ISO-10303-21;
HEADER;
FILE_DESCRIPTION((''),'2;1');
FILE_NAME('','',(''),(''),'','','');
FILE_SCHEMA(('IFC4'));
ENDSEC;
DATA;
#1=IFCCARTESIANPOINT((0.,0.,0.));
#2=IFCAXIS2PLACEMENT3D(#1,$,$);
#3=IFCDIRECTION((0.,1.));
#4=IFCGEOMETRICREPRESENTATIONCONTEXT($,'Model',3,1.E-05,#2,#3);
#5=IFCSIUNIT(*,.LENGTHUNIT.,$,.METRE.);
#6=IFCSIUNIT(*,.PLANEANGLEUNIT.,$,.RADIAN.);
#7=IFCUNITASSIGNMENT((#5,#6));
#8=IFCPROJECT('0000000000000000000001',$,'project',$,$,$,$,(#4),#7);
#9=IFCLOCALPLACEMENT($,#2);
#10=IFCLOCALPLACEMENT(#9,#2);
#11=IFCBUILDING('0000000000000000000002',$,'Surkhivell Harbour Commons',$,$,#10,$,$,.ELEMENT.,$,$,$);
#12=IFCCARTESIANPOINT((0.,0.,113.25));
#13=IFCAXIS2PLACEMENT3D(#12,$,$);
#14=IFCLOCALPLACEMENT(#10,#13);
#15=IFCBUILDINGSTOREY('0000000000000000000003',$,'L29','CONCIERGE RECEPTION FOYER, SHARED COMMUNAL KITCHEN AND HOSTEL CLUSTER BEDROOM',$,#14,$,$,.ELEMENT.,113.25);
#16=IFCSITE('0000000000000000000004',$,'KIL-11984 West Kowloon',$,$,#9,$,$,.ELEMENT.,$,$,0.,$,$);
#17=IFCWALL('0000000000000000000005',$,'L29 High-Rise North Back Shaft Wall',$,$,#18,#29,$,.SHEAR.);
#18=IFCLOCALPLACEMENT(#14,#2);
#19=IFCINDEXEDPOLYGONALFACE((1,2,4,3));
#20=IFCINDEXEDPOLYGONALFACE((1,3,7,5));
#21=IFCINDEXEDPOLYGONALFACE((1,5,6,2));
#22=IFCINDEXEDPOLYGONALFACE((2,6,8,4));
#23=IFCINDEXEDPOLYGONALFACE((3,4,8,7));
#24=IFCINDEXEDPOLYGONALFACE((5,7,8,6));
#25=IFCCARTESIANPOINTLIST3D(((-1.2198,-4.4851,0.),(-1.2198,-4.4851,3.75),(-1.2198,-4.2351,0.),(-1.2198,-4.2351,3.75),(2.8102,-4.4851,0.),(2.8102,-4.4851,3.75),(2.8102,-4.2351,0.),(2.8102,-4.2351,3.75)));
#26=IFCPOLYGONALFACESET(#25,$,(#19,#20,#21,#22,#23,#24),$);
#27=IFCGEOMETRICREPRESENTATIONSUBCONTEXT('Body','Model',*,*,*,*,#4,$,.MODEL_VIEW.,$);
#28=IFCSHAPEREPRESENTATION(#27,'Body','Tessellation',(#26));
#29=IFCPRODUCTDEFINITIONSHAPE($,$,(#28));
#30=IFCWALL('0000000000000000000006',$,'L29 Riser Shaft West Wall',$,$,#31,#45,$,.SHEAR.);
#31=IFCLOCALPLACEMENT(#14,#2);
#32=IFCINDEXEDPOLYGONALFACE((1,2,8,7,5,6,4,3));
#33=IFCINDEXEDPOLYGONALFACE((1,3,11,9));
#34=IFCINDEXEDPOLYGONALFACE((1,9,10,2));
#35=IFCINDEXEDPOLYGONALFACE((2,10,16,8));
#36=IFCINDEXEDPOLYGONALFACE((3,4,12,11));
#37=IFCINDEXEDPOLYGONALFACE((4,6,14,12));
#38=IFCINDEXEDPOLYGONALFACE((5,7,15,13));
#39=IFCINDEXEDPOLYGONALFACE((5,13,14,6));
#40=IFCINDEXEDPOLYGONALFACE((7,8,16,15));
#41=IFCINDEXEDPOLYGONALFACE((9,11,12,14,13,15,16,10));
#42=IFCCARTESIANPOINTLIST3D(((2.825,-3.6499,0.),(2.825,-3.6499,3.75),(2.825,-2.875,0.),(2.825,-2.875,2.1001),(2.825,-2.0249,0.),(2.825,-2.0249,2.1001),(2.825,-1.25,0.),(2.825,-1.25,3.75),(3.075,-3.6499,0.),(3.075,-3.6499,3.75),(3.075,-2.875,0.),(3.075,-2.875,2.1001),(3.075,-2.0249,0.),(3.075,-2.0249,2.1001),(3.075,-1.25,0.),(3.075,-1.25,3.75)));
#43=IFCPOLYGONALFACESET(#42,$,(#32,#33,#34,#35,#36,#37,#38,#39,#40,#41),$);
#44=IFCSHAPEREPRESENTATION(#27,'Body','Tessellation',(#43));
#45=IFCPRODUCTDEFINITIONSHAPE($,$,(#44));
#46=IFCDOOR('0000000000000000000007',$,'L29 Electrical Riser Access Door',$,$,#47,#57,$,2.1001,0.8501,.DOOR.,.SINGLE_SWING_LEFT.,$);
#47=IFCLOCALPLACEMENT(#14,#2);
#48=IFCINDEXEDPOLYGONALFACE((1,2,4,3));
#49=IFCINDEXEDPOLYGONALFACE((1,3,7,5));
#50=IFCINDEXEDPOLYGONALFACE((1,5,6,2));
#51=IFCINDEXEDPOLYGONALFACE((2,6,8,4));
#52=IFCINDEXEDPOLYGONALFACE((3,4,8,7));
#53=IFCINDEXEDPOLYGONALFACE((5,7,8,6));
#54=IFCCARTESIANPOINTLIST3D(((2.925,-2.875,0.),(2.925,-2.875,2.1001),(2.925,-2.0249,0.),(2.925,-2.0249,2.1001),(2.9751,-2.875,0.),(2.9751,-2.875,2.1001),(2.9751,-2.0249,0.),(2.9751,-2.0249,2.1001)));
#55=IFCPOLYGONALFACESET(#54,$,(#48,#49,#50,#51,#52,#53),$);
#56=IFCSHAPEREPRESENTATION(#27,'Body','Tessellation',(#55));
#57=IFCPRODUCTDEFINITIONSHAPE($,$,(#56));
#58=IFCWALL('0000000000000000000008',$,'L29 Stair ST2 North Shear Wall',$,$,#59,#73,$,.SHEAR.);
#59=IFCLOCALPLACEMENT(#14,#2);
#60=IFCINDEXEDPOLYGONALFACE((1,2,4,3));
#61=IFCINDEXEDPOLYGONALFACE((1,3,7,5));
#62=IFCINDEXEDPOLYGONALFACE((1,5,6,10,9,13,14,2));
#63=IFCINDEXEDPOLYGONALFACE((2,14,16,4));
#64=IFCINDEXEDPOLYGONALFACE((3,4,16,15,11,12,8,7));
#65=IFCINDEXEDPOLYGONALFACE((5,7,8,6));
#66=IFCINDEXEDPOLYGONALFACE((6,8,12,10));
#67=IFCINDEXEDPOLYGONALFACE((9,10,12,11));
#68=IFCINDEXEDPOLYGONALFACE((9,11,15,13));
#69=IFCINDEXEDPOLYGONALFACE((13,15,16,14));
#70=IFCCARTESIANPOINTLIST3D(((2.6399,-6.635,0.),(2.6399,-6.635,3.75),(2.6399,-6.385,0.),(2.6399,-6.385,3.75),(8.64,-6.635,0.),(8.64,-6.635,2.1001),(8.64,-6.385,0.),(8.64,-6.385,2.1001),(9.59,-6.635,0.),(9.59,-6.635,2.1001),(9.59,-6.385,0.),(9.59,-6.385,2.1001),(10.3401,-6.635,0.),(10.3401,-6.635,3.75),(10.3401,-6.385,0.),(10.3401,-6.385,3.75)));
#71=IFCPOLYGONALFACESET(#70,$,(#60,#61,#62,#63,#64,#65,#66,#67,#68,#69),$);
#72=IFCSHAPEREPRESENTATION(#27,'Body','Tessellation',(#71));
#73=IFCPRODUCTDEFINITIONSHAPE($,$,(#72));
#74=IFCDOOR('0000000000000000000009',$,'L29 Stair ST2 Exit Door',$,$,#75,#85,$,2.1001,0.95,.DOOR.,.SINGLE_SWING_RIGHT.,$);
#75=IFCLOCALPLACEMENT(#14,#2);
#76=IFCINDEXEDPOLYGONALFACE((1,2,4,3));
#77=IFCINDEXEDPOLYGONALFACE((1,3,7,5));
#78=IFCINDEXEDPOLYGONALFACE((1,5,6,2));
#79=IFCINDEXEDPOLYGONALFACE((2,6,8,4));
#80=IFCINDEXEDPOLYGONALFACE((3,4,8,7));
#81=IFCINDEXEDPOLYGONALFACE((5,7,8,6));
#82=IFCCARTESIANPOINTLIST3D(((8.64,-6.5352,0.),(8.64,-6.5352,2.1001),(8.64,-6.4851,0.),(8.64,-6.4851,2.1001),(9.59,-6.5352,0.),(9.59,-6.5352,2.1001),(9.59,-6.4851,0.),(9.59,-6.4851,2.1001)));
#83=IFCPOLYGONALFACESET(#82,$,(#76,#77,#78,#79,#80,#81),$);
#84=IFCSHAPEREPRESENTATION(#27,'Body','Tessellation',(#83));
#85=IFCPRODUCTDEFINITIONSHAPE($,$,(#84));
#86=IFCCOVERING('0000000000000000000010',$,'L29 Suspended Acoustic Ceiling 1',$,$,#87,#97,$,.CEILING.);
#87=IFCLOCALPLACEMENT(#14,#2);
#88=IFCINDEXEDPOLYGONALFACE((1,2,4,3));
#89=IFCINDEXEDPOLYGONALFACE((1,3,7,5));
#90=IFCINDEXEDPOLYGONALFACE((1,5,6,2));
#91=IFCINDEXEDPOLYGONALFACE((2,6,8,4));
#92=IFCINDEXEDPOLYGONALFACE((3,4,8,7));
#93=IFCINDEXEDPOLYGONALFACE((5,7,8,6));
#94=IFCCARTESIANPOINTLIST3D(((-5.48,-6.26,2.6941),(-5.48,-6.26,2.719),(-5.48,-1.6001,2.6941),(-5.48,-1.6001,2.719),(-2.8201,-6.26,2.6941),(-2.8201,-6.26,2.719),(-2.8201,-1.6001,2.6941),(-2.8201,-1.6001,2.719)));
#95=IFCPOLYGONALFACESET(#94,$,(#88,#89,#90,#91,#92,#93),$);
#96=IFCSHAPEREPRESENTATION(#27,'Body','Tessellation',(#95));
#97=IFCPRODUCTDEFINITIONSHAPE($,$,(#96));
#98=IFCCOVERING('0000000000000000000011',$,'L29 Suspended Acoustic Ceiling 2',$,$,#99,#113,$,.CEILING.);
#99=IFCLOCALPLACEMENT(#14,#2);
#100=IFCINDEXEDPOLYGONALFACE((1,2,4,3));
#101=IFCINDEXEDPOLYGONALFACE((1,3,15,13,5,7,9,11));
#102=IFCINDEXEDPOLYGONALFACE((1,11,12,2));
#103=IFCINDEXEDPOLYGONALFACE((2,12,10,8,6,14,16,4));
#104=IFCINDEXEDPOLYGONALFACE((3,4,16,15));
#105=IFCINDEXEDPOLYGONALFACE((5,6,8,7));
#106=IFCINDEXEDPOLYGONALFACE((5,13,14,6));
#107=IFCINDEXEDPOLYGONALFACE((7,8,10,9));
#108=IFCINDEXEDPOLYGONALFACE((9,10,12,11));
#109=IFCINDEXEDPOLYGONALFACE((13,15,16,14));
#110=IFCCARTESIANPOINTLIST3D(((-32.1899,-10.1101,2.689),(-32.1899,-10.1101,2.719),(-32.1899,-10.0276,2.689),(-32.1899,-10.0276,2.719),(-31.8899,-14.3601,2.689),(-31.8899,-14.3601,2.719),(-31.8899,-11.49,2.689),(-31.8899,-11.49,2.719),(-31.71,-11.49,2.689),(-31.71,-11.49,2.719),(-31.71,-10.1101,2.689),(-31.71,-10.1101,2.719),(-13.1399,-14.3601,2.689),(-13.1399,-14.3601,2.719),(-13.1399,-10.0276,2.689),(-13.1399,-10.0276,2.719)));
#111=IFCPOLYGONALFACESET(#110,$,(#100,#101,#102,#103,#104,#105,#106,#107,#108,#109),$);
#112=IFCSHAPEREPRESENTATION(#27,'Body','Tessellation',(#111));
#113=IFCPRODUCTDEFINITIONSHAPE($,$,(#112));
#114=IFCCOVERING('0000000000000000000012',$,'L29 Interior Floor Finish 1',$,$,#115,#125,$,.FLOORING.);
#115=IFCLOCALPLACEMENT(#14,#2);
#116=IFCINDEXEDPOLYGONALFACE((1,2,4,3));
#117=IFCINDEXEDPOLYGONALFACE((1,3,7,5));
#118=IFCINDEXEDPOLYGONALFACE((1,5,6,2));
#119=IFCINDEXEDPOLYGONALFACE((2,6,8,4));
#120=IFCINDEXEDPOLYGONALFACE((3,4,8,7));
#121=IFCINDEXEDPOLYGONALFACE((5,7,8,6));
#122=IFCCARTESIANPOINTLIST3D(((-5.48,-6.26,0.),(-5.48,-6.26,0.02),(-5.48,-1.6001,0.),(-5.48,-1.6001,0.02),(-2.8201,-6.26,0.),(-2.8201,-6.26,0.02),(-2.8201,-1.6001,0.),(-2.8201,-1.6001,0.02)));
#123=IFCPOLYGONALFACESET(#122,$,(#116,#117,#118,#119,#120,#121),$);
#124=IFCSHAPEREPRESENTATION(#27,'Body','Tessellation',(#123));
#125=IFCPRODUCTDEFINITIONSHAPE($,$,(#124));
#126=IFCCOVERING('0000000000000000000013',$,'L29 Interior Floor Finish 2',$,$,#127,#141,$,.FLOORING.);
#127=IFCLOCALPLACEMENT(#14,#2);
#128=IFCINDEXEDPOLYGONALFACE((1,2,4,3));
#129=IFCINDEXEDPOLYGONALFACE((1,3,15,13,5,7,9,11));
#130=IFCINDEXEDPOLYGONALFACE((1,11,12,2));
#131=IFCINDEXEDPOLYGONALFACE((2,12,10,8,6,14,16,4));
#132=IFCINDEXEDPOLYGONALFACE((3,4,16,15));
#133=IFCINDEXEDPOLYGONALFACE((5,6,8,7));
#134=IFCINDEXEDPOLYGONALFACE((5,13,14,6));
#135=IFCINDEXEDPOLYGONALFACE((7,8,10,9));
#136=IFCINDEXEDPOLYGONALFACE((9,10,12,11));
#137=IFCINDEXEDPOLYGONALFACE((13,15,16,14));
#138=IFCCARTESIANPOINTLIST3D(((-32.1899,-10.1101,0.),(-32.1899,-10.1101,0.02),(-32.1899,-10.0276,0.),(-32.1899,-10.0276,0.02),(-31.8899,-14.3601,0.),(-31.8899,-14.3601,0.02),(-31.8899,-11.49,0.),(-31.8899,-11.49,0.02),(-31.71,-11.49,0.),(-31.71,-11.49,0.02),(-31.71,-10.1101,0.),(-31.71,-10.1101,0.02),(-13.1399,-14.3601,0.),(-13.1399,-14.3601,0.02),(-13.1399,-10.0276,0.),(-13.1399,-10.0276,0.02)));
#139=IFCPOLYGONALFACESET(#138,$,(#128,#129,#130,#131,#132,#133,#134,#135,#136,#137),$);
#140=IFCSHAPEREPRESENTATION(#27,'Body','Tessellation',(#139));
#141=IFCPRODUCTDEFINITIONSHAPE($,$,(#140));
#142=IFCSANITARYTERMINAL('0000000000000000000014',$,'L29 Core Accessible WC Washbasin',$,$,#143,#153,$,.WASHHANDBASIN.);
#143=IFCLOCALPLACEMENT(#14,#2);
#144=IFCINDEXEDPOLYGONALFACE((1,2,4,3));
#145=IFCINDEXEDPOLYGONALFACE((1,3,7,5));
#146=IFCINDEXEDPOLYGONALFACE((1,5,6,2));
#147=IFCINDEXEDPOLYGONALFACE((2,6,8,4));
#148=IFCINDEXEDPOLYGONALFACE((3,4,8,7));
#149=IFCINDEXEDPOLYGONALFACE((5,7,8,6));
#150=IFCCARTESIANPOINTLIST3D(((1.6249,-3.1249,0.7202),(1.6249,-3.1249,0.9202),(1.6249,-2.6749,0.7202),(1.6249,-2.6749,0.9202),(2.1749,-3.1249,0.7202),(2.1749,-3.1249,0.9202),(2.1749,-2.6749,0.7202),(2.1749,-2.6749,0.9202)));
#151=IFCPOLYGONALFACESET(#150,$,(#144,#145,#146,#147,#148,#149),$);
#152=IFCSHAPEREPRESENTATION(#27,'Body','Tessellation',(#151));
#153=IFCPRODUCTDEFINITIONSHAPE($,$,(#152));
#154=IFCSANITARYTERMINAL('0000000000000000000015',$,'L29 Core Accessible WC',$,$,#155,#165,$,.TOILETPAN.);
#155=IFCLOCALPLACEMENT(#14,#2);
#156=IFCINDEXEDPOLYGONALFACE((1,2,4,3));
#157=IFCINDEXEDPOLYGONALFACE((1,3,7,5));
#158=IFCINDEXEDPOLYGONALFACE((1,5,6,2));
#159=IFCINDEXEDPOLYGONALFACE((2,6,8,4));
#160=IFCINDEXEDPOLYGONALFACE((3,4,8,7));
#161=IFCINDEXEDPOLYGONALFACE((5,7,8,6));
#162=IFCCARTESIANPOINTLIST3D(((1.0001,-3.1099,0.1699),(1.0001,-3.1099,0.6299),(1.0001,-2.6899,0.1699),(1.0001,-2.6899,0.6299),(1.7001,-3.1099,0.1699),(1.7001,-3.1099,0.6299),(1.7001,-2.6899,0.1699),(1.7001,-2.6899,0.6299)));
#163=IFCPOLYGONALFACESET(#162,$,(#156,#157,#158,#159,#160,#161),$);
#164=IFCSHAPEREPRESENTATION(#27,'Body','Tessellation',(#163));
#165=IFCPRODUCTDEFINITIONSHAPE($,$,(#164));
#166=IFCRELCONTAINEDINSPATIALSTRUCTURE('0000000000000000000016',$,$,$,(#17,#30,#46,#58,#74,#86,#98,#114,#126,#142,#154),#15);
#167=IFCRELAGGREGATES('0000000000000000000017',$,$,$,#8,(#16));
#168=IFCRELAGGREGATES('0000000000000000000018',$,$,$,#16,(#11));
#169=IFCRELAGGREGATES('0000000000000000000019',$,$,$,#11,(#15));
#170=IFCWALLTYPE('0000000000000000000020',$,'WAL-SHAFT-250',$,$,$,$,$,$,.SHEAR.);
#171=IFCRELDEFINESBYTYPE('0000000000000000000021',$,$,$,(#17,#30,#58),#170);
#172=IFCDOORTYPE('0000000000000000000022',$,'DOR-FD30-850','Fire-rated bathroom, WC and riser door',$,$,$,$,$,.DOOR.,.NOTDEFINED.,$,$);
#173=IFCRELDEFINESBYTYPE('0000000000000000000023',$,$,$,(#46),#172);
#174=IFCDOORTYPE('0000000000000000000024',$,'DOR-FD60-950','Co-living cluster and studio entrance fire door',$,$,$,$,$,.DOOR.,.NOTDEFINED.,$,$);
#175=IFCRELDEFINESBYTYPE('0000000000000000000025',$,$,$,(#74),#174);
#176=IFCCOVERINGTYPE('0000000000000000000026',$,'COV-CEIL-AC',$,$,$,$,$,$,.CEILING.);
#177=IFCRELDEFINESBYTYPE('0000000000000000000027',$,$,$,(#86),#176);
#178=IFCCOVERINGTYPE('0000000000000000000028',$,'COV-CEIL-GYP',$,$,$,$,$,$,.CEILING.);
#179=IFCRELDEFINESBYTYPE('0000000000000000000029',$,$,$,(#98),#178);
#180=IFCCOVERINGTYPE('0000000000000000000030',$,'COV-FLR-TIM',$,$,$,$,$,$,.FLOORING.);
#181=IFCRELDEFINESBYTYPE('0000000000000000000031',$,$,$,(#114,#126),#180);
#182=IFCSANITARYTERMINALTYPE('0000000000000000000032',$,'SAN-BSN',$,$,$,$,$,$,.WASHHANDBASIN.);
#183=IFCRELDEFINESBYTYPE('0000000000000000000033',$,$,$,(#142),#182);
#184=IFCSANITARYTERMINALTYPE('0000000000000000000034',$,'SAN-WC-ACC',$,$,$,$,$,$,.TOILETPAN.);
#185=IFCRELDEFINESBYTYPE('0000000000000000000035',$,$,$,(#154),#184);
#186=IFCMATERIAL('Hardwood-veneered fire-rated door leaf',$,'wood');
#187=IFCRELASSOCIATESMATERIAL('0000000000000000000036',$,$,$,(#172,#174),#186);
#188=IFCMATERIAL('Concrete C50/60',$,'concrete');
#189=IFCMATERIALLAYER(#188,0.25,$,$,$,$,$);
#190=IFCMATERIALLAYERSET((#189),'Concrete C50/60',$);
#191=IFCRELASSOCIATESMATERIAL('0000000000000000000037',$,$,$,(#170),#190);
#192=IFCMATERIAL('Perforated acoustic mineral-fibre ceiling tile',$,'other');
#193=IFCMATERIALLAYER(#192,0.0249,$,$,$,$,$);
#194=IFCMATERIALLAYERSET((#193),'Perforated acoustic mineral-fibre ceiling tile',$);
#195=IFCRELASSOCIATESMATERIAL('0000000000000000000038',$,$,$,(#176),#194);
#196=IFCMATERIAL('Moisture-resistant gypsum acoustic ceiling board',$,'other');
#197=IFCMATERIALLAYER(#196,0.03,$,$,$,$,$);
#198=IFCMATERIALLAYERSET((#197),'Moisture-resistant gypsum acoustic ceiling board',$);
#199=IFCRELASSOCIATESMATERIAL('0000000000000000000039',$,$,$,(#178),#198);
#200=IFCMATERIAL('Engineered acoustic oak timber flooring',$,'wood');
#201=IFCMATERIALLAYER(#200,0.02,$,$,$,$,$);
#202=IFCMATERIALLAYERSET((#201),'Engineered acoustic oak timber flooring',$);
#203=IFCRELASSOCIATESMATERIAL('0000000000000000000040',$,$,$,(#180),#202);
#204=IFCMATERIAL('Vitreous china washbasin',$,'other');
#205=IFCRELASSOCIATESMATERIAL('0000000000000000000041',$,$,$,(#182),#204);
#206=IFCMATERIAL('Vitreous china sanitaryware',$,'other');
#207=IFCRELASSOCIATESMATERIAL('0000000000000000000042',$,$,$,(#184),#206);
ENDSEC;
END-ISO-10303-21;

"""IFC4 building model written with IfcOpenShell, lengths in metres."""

from ifc_helpers import new_model, si_unit, direction, frame, frame_2d, origin, origin_2d, place, context, subcontext, project, spatial, polyline, rectangle, outline, extrude, material, layer, layer_set, type_object, element, fill, save


model = new_model("IFC4")

# Units and contexts
model_context = context("Model", 3, precision=1e-05, world=origin(), true_north=direction((0.0, 1.0)))
body_context = subcontext(model_context, "Body", "Model", "MODEL_VIEW")
ifc_project = project(units=[si_unit("LENGTHUNIT", "METRE"), si_unit("PLANEANGLEUNIT", "RADIAN")], contexts=[model_context])

# Site, building, storey
site_placement = place(None, origin())
site = spatial("IfcSite", under=ifc_project, at=site_placement, Name="KIL-11984 West Kowloon", CompositionType="ELEMENT", RefElevation=0.0)
building_placement = place(site_placement, origin())
building = spatial("IfcBuilding", under=site, at=building_placement, Name="Surkhivell Harbour Commons", CompositionType="ELEMENT")
storey_placement = place(building_placement, frame((0.0, 0.0, 113.25)))
storey = spatial("IfcBuildingStorey", under=building, at=storey_placement, Name="L29", Description="CONCIERGE RECEPTION FOYER, SHARED COMMUNAL KITCHEN AND HOSTEL CLUSTER BEDROOM", CompositionType="ELEMENT", Elevation=113.25)

# Shared definitions
ifc_material_1 = material(Name="Hardwood-veneered fire-rated door leaf", Category="wood")
door_type_1 = type_object("IfcDoorType", Name="DOR-FD30-850", Description="Fire-rated bathroom, WC and riser door", OperationType="NOTDEFINED", PredefinedType="DOOR", material=ifc_material_1)

# Wall
ifc_material_2 = material(Name="Concrete C50/60", Category="concrete")
ifc_layer_1 = layer(ifc_material_2, 0.25)
ifc_layer_set_1 = layer_set([ifc_layer_1], Name="Concrete C50/60")
wall_type_1 = type_object("IfcWallType", Name="WAL-SHAFT-250", PredefinedType="SHEAR", material=ifc_layer_set_1)
wall_1_placement = place(storey_placement, frame((-1.22, -4.3601, 0.0), z_axis=(0.0, 0.0, 1.0), x_axis=(1.0, 0.0, 0.0)))
element("IfcWall", 1, at=wall_1_placement, inside=storey, type_object=wall_type_1, Name="L29 High-Rise North Back Shaft Wall", PredefinedType="SHEAR", context=body_context, shape_type="SweptSolid", body=[
    extrude(rectangle(XDim=4.03, YDim=0.25, at=frame_2d((2.0151, 0.0))), origin(), (0.0, 0.0, 1.0), 3.75),
])

# Walls, openings, doors
wall_2_placement = place(storey_placement, frame((2.95, -3.6499, 0.0), z_axis=(0.0, 0.0, 1.0), x_axis=(0.0, 1.0, 0.0)))
wall_2 = element("IfcWall", 2, at=wall_2_placement, inside=storey, type_object=wall_type_1, Name="L29 Riser Shaft West Wall", PredefinedType="SHEAR", context=body_context, shape_type="SweptSolid", body=[
    extrude(rectangle(XDim=2.3999, YDim=0.25, at=frame_2d((1.2, 0.0))), origin(), (0.0, 0.0, 1.0), 3.75),
])
opening_1_placement = place(wall_2_placement, frame((0.7749, 0.0, 0.0)))
opening_1 = element("IfcOpeningElement", 3, at=opening_1_placement, cuts=wall_2, PredefinedType="OPENING", context=body_context, shape_type="SweptSolid", body=[
    extrude(rectangle(XDim=0.8501, YDim=2.1001, at=frame_2d((0.425, 1.05))), frame((0.0, 0.135, 0.0), z_axis=(0.0, -1.0, 0.0), x_axis=(1.0, 0.0, 0.0)), (0.0, 0.0, 1.0), 0.27),
])
door_1_placement = place(opening_1_placement, origin())
door_1 = element("IfcDoor", 4, at=door_1_placement, inside=storey, type_object=door_type_1, Name="L29 Electrical Riser Access Door", OperationType="SINGLE_SWING_LEFT", OverallHeight=2.1001, OverallWidth=0.8501, PredefinedType="DOOR", context=body_context, shape_type="SweptSolid", body=[
    extrude(rectangle(XDim=0.8501, YDim=2.1001, at=frame_2d((0.425, 1.05))), frame((0.0, 0.0249, 0.0), z_axis=(0.0, -1.0, 0.0), x_axis=(1.0, 0.0, 0.0)), (0.0, 0.0, 1.0), 0.05),
])
fill(opening_1, door_1)
wall_3_placement = place(storey_placement, frame((2.6399, -6.51, 0.0), z_axis=(0.0, 0.0, 1.0), x_axis=(1.0, 0.0, 0.0)))
wall_3 = element("IfcWall", 5, at=wall_3_placement, inside=storey, type_object=wall_type_1, Name="L29 Stair ST2 North Shear Wall", PredefinedType="SHEAR", context=body_context, shape_type="SweptSolid", body=[
    extrude(rectangle(XDim=7.7002, YDim=0.25, at=frame_2d((3.8501, 0.0))), origin(), (0.0, 0.0, 1.0), 3.75),
])
opening_2_placement = place(wall_3_placement, frame((6.0, 0.0, 0.0)))
opening_2 = element("IfcOpeningElement", 6, at=opening_2_placement, cuts=wall_3, PredefinedType="OPENING", context=body_context, shape_type="SweptSolid", body=[
    extrude(rectangle(XDim=0.95, YDim=2.1001, at=frame_2d((0.4751, 1.05))), frame((0.0, 0.135, 0.0), z_axis=(0.0, -1.0, 0.0), x_axis=(1.0, 0.0, 0.0)), (0.0, 0.0, 1.0), 0.27),
])
door_type_2 = type_object("IfcDoorType", Name="DOR-FD60-950", Description="Co-living cluster and studio entrance fire door", OperationType="NOTDEFINED", PredefinedType="DOOR", material=ifc_material_1)
door_2_placement = place(opening_2_placement, origin())
door_2 = element("IfcDoor", 7, at=door_2_placement, inside=storey, type_object=door_type_2, Name="L29 Stair ST2 Exit Door", OperationType="SINGLE_SWING_RIGHT", OverallHeight=2.1001, OverallWidth=0.95, PredefinedType="DOOR", context=body_context, shape_type="SweptSolid", body=[
    extrude(rectangle(XDim=0.95, YDim=2.1001, at=frame_2d((0.4751, 1.05))), frame((0.0, 0.0249, 0.0), z_axis=(0.0, -1.0, 0.0), x_axis=(1.0, 0.0, 0.0)), (0.0, 0.0, 1.0), 0.05),
])
fill(opening_2, door_2)

# Coverings
ifc_material_3 = material(Name="Perforated acoustic mineral-fibre ceiling tile", Category="other")
ifc_layer_2 = layer(ifc_material_3, 0.0249)
ifc_layer_set_2 = layer_set([ifc_layer_2], Name="Perforated acoustic mineral-fibre ceiling tile")
covering_type_1 = type_object("IfcCoveringType", Name="COV-CEIL-AC", PredefinedType="CEILING", material=ifc_layer_set_2)
covering_1_placement = place(storey_placement, frame((0.0, 0.0, 2.6941)))
element("IfcCovering", 8, at=covering_1_placement, inside=storey, type_object=covering_type_1, Name="L29 Suspended Acoustic Ceiling 1", PredefinedType="CEILING", context=body_context, shape_type="SweptSolid", body=[
    extrude(outline(polyline([(-5.48, -6.26), (-2.8201, -6.26), (-2.8201, -1.6001), (-5.48, -1.6001), (-5.48, -6.26)])), origin(), (0.0, 0.0, 1.0), 0.0249),
])
ifc_material_4 = material(Name="Moisture-resistant gypsum acoustic ceiling board", Category="other")
ifc_layer_3 = layer(ifc_material_4, 0.03)
ifc_layer_set_3 = layer_set([ifc_layer_3], Name="Moisture-resistant gypsum acoustic ceiling board")
covering_type_2 = type_object("IfcCoveringType", Name="COV-CEIL-GYP", PredefinedType="CEILING", material=ifc_layer_set_3)
covering_2_placement = place(storey_placement, frame((0.0, 0.0, 2.689)))
element("IfcCovering", 9, at=covering_2_placement, inside=storey, type_object=covering_type_2, Name="L29 Suspended Acoustic Ceiling 2", PredefinedType="CEILING", context=body_context, shape_type="SweptSolid", body=[
    extrude(outline(polyline([(-13.1399, -14.3601), (-13.1399, -10.0276), (-32.1899, -10.0276), (-32.1899, -10.1101), (-31.71, -10.1101), (-31.71, -11.49), (-31.8899, -11.49), (-31.8899, -14.3601), (-13.1399, -14.3601)])), origin(), (0.0, 0.0, 1.0), 0.03),
])
ifc_material_5 = material(Name="Engineered acoustic oak timber flooring", Category="wood")
ifc_layer_4 = layer(ifc_material_5, 0.02)
ifc_layer_set_4 = layer_set([ifc_layer_4], Name="Engineered acoustic oak timber flooring")
covering_type_3 = type_object("IfcCoveringType", Name="COV-FLR-TIM", PredefinedType="FLOORING", material=ifc_layer_set_4)
covering_3_placement = place(storey_placement, origin())
element("IfcCovering", 10, at=covering_3_placement, inside=storey, type_object=covering_type_3, Name="L29 Interior Floor Finish 1", PredefinedType="FLOORING", context=body_context, shape_type="SweptSolid", body=[
    extrude(outline(polyline([(-5.48, -6.26), (-2.8201, -6.26), (-2.8201, -1.6001), (-5.48, -1.6001), (-5.48, -6.26)])), origin(), (0.0, 0.0, 1.0), 0.02),
])
covering_4_placement = place(storey_placement, origin())
element("IfcCovering", 11, at=covering_4_placement, inside=storey, type_object=covering_type_3, Name="L29 Interior Floor Finish 2", PredefinedType="FLOORING", context=body_context, shape_type="SweptSolid", body=[
    extrude(outline(polyline([(-13.1399, -14.3601), (-13.1399, -10.0276), (-32.1899, -10.0276), (-32.1899, -10.1101), (-31.71, -10.1101), (-31.71, -11.49), (-31.8899, -11.49), (-31.8899, -14.3601), (-13.1399, -14.3601)])), origin(), (0.0, 0.0, 1.0), 0.02),
])

# Sanitary terminals
ifc_material_6 = material(Name="Vitreous china washbasin", Category="other")
sanitary_terminal_type_1 = type_object("IfcSanitaryTerminalType", Name="SAN-BSN", PredefinedType="WASHHANDBASIN", material=ifc_material_6)
sanitary_terminal_1_placement = place(storey_placement, frame((1.8999, -2.8999, 0.7202), z_axis=(0.0, 0.0, 1.0), x_axis=(1.0, 0.0, 0.0)))
element("IfcSanitaryTerminal", 12, at=sanitary_terminal_1_placement, inside=storey, type_object=sanitary_terminal_type_1, Name="L29 Core Accessible WC Washbasin", PredefinedType="WASHHANDBASIN", context=body_context, shape_type="SweptSolid", body=[
    extrude(rectangle(XDim=0.55, YDim=0.45, at=origin_2d()), origin(), (0.0, 0.0, 1.0), 0.2),
])
ifc_material_7 = material(Name="Vitreous china sanitaryware", Category="other")
sanitary_terminal_type_2 = type_object("IfcSanitaryTerminalType", Name="SAN-WC-ACC", PredefinedType="TOILETPAN", material=ifc_material_7)
sanitary_terminal_2_placement = place(storey_placement, frame((1.3501, -2.8999, 0.1699), z_axis=(0.0, 0.0, 1.0), x_axis=(1.0, 0.0, 0.0)))
element("IfcSanitaryTerminal", 13, at=sanitary_terminal_2_placement, inside=storey, type_object=sanitary_terminal_type_2, Name="L29 Core Accessible WC", PredefinedType="TOILETPAN", context=body_context, shape_type="SweptSolid", body=[
    extrude(rectangle(XDim=0.7, YDim=0.4199, at=origin_2d()), origin(), (0.0, 0.0, 1.0), 0.46),
])

save(model, "model.ifc")
